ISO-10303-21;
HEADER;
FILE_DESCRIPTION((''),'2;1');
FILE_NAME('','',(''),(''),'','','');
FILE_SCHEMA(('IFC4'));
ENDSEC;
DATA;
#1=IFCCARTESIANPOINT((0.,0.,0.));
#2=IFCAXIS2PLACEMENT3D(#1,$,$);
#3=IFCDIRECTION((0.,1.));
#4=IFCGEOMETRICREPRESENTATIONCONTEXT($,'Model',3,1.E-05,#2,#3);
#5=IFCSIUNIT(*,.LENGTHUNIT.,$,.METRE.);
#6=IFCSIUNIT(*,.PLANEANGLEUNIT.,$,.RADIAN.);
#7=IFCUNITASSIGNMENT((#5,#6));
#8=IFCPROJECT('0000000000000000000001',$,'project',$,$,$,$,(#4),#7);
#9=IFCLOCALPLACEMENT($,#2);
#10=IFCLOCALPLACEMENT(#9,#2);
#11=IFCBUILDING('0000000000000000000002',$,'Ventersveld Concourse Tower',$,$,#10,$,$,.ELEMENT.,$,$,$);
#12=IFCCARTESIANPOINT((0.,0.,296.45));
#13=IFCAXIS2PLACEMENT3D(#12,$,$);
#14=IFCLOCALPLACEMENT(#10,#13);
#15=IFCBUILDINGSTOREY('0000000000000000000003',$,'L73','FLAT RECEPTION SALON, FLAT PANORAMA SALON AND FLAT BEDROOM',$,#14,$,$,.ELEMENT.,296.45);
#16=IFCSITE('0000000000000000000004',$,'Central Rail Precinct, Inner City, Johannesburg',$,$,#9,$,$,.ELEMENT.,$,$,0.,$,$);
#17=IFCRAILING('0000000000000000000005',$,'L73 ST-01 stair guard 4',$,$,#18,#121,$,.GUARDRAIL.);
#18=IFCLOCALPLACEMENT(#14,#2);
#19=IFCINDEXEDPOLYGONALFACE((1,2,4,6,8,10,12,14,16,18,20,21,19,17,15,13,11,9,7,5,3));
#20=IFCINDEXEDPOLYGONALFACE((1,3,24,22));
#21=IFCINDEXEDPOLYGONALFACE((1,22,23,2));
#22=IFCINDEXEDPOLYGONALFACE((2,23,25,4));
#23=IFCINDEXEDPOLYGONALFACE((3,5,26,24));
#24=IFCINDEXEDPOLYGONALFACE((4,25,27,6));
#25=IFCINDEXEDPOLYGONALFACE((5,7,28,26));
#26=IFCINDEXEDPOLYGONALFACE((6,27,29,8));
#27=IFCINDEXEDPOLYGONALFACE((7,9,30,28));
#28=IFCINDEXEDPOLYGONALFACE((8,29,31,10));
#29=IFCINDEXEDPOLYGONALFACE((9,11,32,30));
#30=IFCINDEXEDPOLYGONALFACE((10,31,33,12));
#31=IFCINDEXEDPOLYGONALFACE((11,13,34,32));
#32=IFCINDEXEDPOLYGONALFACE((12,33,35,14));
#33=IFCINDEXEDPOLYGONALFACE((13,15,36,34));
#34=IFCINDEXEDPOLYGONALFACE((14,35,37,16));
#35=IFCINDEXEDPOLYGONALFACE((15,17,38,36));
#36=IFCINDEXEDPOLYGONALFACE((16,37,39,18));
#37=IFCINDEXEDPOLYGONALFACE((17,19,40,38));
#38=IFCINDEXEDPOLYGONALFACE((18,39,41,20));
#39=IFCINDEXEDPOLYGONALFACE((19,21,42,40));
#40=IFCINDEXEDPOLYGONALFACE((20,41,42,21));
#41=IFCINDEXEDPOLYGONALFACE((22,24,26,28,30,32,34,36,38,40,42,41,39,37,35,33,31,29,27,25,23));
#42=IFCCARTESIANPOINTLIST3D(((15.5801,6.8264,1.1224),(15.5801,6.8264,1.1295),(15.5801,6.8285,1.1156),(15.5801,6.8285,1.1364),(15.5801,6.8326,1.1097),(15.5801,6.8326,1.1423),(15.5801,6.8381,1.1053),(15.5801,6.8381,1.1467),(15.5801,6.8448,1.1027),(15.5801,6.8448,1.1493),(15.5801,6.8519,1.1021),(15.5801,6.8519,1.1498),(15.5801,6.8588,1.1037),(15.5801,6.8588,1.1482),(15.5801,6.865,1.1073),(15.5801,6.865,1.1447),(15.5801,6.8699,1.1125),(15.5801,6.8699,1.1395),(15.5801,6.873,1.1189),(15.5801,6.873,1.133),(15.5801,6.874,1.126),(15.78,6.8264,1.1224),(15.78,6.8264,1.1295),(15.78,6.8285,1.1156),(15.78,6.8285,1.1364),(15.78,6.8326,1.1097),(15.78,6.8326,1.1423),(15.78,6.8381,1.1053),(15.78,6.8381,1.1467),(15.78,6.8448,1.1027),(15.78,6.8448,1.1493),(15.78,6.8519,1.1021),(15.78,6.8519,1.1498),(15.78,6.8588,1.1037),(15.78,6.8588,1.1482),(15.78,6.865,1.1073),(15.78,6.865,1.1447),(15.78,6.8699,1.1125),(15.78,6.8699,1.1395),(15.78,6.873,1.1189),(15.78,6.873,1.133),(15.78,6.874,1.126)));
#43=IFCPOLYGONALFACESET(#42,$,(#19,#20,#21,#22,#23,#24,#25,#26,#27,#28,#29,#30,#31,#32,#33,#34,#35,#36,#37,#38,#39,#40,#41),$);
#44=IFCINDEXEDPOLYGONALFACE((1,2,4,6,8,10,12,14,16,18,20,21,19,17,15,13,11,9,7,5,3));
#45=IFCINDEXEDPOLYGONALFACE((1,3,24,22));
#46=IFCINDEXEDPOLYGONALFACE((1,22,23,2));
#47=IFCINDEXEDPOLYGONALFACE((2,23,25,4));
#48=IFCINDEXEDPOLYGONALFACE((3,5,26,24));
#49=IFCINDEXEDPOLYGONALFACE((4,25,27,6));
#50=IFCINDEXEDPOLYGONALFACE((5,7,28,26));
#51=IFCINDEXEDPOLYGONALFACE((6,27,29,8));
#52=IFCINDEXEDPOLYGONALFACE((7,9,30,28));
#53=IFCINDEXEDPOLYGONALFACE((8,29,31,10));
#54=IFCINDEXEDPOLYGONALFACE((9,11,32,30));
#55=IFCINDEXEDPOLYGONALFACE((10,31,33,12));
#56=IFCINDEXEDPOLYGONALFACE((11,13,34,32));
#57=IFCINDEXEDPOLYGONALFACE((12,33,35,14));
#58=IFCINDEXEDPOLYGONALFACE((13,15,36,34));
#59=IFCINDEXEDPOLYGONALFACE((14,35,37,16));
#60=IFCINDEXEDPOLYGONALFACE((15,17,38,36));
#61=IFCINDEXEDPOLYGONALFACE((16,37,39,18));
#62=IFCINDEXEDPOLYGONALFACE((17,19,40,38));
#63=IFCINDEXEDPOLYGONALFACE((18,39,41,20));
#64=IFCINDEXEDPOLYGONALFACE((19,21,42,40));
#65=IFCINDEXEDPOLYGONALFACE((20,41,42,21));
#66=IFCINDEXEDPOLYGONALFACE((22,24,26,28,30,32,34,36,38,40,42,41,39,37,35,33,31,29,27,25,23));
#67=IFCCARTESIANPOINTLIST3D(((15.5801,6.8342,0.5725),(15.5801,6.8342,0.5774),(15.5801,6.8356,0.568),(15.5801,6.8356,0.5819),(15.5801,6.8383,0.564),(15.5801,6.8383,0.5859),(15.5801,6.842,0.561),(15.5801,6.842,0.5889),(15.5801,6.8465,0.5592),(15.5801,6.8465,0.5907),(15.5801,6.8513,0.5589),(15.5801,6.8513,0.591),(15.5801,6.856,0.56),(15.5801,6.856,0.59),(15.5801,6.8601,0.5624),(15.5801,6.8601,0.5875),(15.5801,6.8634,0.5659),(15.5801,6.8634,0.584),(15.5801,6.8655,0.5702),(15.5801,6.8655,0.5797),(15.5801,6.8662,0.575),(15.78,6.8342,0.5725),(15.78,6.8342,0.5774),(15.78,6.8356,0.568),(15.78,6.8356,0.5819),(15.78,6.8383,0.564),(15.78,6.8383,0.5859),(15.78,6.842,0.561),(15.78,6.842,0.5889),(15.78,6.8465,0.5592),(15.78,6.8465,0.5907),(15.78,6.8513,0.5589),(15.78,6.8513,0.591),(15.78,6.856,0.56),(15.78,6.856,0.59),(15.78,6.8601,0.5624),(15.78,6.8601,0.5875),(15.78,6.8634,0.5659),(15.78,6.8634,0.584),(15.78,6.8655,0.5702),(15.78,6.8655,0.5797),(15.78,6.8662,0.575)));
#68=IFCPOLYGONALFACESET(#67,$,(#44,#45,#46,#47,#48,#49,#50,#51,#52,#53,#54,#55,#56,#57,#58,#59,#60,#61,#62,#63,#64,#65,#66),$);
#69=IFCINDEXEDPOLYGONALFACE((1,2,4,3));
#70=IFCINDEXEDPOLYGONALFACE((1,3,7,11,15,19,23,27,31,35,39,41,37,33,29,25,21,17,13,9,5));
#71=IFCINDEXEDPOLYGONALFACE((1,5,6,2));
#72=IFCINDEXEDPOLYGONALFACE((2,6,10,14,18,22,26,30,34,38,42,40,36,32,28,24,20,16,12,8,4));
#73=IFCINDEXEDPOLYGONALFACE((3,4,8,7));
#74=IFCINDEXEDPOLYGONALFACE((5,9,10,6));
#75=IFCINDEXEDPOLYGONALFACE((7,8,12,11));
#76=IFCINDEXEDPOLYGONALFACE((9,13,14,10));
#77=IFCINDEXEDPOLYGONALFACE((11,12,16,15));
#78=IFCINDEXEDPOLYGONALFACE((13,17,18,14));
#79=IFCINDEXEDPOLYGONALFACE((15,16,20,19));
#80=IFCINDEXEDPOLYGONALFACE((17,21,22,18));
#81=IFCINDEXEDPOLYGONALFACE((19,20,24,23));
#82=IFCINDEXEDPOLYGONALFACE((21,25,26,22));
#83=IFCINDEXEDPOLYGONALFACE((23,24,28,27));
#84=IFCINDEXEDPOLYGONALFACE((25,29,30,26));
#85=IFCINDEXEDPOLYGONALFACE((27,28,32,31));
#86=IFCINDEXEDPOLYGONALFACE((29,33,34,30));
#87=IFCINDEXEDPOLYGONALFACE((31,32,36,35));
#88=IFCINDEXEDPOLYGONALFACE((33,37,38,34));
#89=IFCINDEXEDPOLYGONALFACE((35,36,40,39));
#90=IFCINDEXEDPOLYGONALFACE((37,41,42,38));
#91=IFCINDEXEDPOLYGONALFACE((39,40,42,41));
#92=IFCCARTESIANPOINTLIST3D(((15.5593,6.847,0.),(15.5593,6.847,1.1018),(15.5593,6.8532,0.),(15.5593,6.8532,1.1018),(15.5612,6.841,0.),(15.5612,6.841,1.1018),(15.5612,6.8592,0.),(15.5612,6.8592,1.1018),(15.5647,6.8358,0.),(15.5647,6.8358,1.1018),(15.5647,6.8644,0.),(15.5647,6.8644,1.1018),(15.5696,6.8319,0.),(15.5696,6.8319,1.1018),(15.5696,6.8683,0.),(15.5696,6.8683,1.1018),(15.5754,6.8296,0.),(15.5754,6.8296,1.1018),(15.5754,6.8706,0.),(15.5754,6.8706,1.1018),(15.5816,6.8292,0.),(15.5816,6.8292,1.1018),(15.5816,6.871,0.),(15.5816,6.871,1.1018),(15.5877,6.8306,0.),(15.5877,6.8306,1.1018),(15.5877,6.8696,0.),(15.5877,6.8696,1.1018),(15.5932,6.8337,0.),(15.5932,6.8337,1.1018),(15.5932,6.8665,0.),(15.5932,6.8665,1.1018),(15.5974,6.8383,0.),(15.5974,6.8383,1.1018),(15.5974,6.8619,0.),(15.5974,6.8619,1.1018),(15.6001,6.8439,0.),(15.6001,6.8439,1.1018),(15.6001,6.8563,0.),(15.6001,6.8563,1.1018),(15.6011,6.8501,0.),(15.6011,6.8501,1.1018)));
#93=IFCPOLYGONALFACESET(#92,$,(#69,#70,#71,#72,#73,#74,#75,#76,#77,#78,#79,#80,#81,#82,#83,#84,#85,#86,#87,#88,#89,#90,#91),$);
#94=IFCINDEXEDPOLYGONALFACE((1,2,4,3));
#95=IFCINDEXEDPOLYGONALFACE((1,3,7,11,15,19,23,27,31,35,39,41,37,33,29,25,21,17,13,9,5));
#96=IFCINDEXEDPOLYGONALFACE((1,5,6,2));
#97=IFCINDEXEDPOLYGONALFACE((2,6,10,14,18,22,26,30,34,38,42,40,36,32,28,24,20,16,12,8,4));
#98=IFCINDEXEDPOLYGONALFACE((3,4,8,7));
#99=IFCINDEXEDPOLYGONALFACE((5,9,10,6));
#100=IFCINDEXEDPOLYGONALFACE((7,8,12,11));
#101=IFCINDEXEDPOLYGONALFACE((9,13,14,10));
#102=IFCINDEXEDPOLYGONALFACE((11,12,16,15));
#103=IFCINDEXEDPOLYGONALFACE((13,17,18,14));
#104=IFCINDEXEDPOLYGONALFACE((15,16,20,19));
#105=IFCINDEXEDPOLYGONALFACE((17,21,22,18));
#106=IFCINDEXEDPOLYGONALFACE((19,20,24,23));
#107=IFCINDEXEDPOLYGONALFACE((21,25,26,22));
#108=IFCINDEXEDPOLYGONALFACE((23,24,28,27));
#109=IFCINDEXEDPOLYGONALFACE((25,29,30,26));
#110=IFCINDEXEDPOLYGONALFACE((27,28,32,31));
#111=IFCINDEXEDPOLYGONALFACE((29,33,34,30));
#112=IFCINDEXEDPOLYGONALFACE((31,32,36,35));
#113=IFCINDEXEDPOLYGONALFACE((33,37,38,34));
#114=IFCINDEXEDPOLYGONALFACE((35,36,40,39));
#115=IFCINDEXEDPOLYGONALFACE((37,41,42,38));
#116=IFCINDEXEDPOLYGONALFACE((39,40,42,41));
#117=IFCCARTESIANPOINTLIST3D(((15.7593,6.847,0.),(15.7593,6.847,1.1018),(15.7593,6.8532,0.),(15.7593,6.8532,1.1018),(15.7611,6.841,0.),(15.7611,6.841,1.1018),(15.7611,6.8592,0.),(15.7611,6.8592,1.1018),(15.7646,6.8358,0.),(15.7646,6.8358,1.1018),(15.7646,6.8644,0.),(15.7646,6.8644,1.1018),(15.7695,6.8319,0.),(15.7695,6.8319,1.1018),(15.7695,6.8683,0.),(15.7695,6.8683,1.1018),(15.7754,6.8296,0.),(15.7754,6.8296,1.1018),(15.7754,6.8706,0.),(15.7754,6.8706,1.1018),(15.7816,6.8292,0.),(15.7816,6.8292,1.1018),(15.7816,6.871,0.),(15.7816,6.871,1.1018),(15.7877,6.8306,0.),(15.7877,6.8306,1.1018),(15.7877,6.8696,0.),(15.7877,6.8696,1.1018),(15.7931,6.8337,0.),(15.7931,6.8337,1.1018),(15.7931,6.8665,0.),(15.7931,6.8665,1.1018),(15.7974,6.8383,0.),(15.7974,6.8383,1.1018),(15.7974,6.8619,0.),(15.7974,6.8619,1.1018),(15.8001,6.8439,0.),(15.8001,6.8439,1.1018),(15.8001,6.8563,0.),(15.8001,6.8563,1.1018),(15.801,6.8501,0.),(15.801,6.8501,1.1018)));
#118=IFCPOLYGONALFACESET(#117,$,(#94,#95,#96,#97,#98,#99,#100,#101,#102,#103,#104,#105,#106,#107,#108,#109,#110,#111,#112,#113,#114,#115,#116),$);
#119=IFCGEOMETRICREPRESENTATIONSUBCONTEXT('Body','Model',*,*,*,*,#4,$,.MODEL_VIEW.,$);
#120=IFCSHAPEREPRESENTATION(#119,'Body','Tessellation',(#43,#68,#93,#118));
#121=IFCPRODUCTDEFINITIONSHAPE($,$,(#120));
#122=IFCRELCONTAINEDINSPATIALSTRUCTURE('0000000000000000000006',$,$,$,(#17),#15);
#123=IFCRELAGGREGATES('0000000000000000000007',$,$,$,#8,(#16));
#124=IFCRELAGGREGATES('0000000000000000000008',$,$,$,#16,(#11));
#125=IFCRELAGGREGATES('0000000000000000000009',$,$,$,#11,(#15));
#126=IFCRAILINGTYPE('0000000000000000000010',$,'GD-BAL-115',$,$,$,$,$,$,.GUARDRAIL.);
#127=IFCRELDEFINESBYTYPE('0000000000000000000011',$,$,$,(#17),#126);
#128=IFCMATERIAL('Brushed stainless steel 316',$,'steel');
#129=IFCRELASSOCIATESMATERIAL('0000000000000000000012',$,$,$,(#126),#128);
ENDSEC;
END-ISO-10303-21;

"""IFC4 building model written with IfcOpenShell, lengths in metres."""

from ifc_helpers import new_model, si_unit, direction, frame, origin, origin_2d, place, context, subcontext, project, spatial, circle, extrude, material, type_object, element, save


model = new_model("IFC4")

# Units and contexts
model_context = context("Model", 3, precision=1e-05, world=origin(), true_north=direction((0.0, 1.0)))
body_context = subcontext(model_context, "Body", "Model", "MODEL_VIEW")
ifc_project = project(units=[si_unit("LENGTHUNIT", "METRE"), si_unit("PLANEANGLEUNIT", "RADIAN")], contexts=[model_context])

# Site, building, storey
site_placement = place(None, origin())
site = spatial("IfcSite", under=ifc_project, at=site_placement, Name="Central Rail Precinct, Inner City, Johannesburg", CompositionType="ELEMENT", RefElevation=0.0)
building_placement = place(site_placement, origin())
building = spatial("IfcBuilding", under=site, at=building_placement, Name="Ventersveld Concourse Tower", CompositionType="ELEMENT")
storey_placement = place(building_placement, frame((0.0, 0.0, 296.45)))
storey = spatial("IfcBuildingStorey", under=building, at=storey_placement, Name="L73", Description="FLAT RECEPTION SALON, FLAT PANORAMA SALON AND FLAT BEDROOM", CompositionType="ELEMENT", Elevation=296.45)

# Railing
ifc_material_1 = material(Name="Brushed stainless steel 316", Category="steel")
railing_type_1 = type_object("IfcRailingType", Name="GD-BAL-115", PredefinedType="GUARDRAIL", material=ifc_material_1)
railing_1_placement = place(storey_placement, frame((15.5801, 6.8501, 0.0)))
element("IfcRailing", 1, at=railing_1_placement, inside=storey, type_object=railing_type_1, Name="L73 ST-01 stair guard 4", PredefinedType="GUARDRAIL", context=body_context, shape_type="SweptSolid", body=[
    extrude(circle(Radius=0.0239, at=origin_2d()), frame((0.0, 0.0, 1.126), z_axis=(1.0, 0.0, 0.0), x_axis=(0.0, 1.0, 0.0)), (0.0, 0.0, 1.0), 0.2),
    extrude(circle(Radius=0.0161, at=origin_2d()), frame((0.0, 0.0, 0.575), z_axis=(1.0, 0.0, 0.0), x_axis=(0.0, 1.0, 0.0)), (0.0, 0.0, 1.0), 0.2),
    extrude(circle(Radius=0.021, at=origin_2d()), origin(), (0.0, 0.0, 1.0), 1.1018),
    extrude(circle(Radius=0.021, at=origin_2d()), frame((0.2, 0.0, 0.0)), (0.0, 0.0, 1.0), 1.1018),
])

save(model, "model.ifc")
